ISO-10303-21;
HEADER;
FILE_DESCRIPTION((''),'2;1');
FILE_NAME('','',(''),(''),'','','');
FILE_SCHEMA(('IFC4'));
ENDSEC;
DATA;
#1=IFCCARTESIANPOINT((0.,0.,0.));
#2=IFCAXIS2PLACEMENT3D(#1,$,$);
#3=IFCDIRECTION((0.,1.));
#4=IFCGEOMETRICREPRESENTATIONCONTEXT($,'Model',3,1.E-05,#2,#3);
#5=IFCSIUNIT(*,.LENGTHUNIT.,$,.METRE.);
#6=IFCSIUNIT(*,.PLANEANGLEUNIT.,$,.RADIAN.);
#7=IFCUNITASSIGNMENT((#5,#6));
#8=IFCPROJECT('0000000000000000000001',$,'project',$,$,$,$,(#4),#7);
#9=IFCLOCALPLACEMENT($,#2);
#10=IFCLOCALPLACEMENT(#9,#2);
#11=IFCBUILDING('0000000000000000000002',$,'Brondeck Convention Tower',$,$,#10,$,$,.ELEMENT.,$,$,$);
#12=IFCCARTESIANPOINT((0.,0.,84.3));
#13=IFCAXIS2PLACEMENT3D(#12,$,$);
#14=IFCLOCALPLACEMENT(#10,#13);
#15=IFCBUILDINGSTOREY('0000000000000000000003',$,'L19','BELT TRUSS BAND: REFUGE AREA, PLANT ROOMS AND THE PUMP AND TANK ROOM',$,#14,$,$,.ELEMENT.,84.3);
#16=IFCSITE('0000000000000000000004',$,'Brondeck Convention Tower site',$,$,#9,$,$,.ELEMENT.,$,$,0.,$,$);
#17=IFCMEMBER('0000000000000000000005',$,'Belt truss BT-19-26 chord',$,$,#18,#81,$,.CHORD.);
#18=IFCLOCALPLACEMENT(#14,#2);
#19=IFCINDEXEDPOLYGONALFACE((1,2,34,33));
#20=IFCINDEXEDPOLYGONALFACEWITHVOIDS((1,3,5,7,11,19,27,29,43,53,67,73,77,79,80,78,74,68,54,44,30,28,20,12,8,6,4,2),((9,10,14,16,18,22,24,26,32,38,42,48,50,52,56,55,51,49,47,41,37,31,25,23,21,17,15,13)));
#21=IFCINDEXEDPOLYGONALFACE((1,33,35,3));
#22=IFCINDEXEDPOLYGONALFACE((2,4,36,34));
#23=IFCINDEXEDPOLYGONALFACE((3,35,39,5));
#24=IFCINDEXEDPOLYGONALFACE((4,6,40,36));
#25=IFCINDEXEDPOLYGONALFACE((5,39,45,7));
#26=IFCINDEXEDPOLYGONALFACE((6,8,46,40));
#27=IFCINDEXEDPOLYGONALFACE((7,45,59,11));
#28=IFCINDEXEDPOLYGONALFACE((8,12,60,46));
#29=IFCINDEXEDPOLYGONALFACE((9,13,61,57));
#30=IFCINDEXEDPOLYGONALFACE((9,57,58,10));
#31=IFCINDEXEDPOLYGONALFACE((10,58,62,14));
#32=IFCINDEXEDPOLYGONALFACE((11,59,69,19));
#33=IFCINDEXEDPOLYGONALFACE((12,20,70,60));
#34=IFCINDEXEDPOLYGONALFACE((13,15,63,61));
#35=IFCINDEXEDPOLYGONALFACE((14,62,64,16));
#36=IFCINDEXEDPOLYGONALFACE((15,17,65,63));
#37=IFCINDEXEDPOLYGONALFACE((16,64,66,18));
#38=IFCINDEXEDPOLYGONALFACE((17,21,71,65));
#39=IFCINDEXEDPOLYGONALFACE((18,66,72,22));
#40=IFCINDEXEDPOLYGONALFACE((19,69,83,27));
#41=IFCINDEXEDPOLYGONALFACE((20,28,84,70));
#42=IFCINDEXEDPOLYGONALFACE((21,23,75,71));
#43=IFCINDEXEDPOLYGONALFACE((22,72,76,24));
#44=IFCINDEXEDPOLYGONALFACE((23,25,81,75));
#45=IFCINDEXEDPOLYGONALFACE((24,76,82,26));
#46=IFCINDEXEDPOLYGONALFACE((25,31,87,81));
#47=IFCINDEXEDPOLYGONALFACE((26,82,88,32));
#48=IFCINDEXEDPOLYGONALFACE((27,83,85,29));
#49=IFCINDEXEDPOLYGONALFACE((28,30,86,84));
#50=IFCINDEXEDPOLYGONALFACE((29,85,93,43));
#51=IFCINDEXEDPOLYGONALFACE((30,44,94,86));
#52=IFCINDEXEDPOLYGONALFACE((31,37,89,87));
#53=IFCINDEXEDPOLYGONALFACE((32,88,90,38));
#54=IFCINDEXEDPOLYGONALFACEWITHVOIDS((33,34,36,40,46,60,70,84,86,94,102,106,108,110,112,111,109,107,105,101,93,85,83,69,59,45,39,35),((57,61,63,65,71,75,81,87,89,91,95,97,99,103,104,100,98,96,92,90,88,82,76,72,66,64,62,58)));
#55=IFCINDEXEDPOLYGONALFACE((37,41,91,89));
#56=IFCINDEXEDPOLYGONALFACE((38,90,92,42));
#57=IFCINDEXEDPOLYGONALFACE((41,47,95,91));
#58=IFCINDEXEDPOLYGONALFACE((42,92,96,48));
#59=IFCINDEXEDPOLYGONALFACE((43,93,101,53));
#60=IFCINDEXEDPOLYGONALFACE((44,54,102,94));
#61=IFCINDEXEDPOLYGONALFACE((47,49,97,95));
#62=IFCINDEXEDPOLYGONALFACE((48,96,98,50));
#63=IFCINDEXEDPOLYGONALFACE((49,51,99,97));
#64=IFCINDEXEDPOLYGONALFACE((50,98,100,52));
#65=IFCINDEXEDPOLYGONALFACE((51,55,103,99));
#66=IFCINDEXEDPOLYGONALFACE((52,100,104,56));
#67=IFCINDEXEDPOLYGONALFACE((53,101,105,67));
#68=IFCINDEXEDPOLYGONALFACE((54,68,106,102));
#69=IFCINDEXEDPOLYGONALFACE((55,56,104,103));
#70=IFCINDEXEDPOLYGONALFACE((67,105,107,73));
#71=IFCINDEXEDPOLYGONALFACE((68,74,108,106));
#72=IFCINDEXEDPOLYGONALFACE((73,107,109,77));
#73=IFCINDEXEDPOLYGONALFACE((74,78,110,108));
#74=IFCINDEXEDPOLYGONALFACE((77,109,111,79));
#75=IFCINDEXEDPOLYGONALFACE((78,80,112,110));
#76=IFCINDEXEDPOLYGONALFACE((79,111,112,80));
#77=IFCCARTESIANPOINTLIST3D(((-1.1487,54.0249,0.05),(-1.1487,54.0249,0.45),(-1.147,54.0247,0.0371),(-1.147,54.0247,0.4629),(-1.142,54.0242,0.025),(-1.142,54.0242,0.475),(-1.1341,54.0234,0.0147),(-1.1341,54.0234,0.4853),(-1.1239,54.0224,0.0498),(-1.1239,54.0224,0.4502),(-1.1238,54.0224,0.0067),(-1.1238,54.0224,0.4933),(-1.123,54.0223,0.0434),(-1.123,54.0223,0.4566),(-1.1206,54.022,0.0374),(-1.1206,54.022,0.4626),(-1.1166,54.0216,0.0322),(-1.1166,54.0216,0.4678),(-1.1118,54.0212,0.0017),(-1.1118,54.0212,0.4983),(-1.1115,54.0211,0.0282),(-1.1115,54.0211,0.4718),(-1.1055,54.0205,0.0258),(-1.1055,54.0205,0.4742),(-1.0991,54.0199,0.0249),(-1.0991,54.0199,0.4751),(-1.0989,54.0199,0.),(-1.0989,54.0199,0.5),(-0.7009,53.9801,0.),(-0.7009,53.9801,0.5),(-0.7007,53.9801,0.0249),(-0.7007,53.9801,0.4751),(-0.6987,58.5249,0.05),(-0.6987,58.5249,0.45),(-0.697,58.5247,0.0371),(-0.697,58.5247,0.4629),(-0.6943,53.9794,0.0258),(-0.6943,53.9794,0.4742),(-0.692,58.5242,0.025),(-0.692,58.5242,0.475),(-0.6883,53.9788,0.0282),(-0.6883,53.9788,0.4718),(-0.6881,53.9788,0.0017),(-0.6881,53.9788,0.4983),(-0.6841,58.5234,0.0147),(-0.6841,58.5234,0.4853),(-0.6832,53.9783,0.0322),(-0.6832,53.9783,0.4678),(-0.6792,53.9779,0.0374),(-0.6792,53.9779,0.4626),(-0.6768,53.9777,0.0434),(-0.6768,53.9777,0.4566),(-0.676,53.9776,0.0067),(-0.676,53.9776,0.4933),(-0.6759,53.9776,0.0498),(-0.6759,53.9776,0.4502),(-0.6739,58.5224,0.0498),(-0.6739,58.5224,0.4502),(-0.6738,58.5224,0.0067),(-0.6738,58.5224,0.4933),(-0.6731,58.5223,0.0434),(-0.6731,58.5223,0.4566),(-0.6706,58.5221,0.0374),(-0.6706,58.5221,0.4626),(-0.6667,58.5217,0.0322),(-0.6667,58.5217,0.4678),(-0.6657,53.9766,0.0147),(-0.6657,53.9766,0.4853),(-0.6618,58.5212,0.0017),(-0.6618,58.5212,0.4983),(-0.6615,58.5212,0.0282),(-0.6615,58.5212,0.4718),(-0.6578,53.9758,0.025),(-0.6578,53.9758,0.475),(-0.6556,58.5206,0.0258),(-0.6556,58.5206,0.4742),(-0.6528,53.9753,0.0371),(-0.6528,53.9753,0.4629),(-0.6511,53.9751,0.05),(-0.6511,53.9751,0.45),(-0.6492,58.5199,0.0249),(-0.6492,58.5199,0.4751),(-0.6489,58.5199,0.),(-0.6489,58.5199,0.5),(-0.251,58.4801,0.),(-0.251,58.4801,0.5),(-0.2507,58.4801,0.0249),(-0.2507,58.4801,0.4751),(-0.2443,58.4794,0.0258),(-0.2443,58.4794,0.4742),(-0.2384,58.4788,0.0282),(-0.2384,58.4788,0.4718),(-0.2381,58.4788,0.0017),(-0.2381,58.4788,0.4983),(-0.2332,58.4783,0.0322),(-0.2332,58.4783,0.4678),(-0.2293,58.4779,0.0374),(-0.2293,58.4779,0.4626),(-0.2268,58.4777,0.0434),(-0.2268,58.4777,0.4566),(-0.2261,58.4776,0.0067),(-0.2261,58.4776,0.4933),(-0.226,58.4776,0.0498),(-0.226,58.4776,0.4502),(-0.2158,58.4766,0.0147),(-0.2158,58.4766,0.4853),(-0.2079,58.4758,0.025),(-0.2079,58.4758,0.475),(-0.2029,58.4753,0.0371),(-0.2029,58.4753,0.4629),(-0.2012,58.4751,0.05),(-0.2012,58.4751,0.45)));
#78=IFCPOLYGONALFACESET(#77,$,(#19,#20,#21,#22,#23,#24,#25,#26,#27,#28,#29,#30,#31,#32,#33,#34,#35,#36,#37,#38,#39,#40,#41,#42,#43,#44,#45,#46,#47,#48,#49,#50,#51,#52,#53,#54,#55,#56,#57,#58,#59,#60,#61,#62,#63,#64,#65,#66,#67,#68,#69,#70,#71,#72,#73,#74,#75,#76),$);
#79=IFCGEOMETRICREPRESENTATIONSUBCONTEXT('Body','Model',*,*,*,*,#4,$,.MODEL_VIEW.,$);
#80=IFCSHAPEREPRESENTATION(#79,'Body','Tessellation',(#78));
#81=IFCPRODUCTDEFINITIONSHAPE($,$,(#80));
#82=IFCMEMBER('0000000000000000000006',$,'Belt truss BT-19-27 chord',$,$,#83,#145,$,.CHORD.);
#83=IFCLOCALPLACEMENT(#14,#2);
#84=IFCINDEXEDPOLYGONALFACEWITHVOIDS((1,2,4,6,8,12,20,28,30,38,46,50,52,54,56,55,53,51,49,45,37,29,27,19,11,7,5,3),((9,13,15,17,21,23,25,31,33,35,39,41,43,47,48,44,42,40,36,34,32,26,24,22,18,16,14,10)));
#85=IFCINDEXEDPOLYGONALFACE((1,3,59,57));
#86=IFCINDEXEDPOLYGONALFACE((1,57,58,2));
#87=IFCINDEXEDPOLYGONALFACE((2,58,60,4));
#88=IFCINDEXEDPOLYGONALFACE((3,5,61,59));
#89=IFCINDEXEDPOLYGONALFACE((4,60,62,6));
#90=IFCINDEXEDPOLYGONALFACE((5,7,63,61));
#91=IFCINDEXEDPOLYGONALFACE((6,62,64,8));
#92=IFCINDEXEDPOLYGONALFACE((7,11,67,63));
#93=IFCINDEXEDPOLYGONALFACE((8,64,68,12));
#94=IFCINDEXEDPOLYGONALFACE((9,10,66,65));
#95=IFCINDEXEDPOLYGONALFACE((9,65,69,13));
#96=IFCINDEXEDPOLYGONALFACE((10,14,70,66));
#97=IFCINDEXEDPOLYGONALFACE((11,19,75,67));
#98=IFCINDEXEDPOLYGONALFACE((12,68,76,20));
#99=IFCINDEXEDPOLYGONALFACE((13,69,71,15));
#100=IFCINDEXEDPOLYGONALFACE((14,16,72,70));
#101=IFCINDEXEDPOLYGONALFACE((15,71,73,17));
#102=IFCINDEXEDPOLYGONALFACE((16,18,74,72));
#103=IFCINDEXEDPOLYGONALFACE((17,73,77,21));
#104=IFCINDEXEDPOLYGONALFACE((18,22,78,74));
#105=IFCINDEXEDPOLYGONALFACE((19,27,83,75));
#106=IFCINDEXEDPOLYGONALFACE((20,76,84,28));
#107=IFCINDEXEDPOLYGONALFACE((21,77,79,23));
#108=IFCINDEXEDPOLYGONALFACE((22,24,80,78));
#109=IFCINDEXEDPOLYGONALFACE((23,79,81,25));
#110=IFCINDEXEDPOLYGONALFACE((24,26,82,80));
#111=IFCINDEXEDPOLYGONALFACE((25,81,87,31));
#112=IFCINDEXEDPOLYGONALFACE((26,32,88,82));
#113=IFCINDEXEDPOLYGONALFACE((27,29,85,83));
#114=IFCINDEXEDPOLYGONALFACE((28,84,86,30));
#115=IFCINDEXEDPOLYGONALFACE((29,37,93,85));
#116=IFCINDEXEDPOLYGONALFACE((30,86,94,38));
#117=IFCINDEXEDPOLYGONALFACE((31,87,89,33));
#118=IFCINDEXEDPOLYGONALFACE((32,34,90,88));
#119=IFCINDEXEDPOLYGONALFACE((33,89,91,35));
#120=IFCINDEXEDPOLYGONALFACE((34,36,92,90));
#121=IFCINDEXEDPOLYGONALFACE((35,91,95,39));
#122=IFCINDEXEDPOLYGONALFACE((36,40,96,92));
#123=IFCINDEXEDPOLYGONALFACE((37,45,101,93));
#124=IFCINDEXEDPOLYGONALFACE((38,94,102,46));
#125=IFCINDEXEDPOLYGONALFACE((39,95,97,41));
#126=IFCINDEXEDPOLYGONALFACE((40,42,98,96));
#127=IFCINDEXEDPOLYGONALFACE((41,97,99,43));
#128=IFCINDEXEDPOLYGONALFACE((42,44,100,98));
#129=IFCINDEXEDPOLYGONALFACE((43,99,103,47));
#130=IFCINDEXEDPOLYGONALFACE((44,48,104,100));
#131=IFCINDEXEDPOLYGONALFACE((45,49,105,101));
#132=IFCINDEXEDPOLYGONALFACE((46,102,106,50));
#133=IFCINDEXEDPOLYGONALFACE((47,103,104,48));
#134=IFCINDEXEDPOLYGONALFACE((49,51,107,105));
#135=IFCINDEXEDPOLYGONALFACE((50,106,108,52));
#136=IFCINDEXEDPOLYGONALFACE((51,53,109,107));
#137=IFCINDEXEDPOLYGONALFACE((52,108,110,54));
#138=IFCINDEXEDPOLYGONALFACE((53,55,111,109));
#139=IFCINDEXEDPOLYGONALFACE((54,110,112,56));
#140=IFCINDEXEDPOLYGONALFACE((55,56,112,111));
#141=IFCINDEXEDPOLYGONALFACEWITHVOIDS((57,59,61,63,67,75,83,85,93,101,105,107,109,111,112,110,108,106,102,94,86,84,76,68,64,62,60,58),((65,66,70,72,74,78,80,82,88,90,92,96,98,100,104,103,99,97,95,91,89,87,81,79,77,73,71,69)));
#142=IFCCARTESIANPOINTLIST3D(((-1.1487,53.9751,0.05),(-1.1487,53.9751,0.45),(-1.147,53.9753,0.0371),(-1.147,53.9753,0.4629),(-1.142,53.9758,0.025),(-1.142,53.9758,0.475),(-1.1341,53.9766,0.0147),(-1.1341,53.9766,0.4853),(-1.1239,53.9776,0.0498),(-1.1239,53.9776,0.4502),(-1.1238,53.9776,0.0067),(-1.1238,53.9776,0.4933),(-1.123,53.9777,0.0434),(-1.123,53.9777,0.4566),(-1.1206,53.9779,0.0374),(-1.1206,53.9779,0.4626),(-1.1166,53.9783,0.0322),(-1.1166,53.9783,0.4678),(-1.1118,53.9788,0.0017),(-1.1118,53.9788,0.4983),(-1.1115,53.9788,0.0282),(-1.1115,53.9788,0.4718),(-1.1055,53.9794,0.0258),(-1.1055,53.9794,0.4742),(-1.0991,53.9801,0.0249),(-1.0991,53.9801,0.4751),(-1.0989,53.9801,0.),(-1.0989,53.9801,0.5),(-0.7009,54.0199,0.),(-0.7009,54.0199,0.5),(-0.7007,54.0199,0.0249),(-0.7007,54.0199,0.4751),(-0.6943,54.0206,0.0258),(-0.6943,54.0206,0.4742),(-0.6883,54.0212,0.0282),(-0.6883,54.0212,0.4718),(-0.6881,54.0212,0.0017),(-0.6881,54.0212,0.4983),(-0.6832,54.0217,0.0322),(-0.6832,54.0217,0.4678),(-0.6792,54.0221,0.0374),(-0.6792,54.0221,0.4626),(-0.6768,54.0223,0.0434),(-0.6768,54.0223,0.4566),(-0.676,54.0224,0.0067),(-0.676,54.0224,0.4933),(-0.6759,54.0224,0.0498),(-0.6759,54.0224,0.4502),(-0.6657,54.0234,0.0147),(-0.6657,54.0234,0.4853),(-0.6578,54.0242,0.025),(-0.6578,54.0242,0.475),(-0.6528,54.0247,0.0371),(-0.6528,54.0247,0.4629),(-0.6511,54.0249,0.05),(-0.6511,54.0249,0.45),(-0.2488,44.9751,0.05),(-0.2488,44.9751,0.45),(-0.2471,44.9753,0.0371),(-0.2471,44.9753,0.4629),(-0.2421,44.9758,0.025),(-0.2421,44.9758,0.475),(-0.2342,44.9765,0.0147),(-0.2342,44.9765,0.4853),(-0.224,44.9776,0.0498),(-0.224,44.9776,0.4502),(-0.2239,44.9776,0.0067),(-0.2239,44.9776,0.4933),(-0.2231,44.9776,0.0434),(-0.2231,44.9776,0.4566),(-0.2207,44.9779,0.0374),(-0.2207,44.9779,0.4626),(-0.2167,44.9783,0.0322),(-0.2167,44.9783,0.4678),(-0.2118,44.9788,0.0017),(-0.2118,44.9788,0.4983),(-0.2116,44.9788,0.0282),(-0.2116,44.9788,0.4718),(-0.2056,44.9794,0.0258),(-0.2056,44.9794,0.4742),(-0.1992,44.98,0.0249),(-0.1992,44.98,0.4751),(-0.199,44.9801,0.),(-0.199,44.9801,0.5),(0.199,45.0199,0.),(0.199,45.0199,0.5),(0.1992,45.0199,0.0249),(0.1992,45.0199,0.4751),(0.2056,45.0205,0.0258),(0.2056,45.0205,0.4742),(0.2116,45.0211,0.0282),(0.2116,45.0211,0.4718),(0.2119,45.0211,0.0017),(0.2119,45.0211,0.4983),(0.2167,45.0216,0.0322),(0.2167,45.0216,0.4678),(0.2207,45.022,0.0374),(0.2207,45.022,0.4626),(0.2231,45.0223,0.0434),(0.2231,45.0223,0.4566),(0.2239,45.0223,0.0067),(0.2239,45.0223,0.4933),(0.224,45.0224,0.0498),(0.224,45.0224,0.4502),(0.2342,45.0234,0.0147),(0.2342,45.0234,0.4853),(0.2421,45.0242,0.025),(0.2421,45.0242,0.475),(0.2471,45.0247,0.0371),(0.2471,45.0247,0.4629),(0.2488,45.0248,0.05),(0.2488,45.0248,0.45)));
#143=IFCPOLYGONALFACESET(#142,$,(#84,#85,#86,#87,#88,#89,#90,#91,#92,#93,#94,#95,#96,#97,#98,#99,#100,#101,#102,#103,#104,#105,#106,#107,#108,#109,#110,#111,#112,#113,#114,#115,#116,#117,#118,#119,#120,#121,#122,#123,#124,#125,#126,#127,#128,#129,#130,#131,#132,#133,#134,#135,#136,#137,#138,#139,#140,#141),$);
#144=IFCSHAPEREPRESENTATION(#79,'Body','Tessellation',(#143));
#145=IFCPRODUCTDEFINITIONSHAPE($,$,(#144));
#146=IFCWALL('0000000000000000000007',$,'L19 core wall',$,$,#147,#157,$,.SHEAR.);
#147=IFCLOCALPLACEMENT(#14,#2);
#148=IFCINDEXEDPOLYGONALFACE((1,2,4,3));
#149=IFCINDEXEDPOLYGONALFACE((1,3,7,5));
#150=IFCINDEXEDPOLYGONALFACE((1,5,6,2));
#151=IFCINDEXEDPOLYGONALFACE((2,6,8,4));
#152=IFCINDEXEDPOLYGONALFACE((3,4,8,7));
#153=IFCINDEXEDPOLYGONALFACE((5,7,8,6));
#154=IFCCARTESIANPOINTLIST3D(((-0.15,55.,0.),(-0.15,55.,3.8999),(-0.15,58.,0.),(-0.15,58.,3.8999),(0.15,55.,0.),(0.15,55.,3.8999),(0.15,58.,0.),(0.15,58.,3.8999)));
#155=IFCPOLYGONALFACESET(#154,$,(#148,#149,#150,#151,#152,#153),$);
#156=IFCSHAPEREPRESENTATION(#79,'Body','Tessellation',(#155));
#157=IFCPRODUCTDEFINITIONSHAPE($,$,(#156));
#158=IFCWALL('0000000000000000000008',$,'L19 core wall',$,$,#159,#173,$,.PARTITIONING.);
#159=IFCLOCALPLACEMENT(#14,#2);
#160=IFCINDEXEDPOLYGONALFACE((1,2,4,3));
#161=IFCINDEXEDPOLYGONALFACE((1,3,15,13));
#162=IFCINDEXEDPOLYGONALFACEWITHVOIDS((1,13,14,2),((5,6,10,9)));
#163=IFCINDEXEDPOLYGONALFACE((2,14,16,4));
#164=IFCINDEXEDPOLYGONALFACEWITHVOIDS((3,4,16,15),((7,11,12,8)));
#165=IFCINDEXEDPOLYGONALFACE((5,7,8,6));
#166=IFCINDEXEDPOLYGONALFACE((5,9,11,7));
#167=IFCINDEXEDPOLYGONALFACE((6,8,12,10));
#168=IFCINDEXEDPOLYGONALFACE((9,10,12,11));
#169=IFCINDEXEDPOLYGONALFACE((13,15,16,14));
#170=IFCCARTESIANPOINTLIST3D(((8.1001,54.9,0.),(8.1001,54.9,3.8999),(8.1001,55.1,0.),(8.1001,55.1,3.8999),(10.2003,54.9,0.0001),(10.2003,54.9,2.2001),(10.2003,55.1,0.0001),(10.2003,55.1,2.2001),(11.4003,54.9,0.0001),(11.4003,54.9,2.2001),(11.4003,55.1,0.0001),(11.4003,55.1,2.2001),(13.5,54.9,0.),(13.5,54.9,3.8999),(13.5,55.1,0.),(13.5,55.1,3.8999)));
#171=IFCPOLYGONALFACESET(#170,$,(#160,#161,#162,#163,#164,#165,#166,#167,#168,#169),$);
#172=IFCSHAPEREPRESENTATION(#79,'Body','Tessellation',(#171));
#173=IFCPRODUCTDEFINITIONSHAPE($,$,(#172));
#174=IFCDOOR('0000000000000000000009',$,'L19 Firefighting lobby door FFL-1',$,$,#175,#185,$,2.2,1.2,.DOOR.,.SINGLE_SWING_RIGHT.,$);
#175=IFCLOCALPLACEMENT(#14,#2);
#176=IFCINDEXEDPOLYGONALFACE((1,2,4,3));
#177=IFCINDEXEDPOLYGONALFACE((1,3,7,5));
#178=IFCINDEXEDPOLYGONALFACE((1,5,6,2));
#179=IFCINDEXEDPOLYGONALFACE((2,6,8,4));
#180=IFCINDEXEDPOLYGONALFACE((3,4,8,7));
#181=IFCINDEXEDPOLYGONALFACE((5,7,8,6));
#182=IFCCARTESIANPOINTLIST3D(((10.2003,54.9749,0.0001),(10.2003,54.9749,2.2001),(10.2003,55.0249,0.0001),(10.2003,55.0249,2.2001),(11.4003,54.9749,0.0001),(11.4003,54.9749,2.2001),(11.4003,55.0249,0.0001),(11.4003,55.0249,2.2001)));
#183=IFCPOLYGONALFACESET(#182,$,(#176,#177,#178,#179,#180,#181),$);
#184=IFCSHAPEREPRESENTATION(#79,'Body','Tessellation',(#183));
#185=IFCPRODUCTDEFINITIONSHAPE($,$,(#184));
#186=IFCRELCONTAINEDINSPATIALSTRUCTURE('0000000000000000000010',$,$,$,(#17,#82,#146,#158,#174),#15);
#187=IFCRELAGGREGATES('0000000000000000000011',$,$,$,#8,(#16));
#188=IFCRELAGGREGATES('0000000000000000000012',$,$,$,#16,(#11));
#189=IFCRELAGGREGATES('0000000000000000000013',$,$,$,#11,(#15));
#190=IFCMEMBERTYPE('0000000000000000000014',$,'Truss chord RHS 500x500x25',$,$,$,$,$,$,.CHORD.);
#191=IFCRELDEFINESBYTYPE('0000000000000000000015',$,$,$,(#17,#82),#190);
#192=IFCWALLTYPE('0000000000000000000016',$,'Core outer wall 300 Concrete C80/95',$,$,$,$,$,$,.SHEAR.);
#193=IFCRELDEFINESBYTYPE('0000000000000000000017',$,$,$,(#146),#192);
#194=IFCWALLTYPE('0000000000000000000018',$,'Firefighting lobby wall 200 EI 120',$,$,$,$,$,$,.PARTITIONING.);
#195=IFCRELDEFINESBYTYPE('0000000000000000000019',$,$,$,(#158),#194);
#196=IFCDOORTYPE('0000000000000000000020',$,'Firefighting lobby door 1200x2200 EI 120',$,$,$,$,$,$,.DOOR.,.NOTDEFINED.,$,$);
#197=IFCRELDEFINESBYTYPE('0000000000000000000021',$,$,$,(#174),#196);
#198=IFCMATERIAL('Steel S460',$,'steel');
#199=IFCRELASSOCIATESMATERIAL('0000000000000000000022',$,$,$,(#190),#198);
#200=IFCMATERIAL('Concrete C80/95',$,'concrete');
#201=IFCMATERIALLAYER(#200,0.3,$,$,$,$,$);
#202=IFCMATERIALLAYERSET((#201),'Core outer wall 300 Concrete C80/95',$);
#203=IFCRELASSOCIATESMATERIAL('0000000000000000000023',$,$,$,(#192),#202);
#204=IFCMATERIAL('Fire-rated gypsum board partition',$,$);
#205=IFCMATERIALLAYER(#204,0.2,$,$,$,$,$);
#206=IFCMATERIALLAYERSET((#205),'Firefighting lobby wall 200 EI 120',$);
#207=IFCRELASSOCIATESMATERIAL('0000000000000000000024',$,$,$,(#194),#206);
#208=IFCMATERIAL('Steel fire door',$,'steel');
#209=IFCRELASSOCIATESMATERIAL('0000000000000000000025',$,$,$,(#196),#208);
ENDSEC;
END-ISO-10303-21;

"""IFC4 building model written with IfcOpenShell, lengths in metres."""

from ifc_helpers import new_model, si_unit, direction, frame, frame_2d, origin, origin_2d, place, context, subcontext, project, spatial, rectangle, hollow_rectangle, extrude, material, layer, layer_set, material_profile, profile_set, type_object, element, fill, save


model = new_model("IFC4")

# Units and contexts
model_context = context("Model", 3, precision=1e-05, world=origin(), true_north=direction((0.0, 1.0)))
body_context = subcontext(model_context, "Body", "Model", "MODEL_VIEW")
ifc_project = project(units=[si_unit("LENGTHUNIT", "METRE"), si_unit("PLANEANGLEUNIT", "RADIAN")], contexts=[model_context])

# Site, building, storey
site_placement = place(None, origin())
site = spatial("IfcSite", under=ifc_project, at=site_placement, Name="Brondeck Convention Tower site", CompositionType="ELEMENT", RefElevation=0.0)
building_placement = place(site_placement, origin())
building = spatial("IfcBuilding", under=site, at=building_placement, Name="Brondeck Convention Tower", CompositionType="ELEMENT")
storey_placement = place(building_placement, frame((0.0, 0.0, 84.3)))
storey = spatial("IfcBuildingStorey", under=building, at=storey_placement, Name="L19", Description="BELT TRUSS BAND: REFUGE AREA, PLANT ROOMS AND THE PUMP AND TANK ROOM", CompositionType="ELEMENT", Elevation=84.3)

# Shared definitions
ifc_material_1 = material(Name="Concrete C80/95", Category="concrete")

# Shared definitions
ifc_material_2 = material(Name="Steel S460", Category="steel")

# Members
ifc_material_profile_1 = material_profile(ifc_material_2, hollow_rectangle(XDim=0.5, YDim=0.5, WallThickness=0.0249, InnerFilletRadius=0.0249, OuterFilletRadius=0.05, at=origin_2d()), Name="RHS 500x500x25")
ifc_profile_set_1 = profile_set([ifc_material_profile_1], Name="Steel S460")
member_type_1 = type_object("IfcMemberType", Name="Truss chord RHS 500x500x25", PredefinedType="CHORD", material=ifc_profile_set_1)
member_1_placement = place(storey_placement, frame((-0.45, 58.5, 0.25), z_axis=(-0.099493, -0.995038, 0.0), x_axis=(0.995038, -0.099493, 0.0)))
element("IfcMember", 1, at=member_1_placement, inside=storey, type_object=member_type_1, Name="Belt truss BT-19-26 chord", PredefinedType="CHORD", context=body_context, shape_type="SweptSolid", body=[
    extrude(hollow_rectangle(XDim=0.5, YDim=0.5, WallThickness=0.0249, InnerFilletRadius=0.0249, OuterFilletRadius=0.05, at=origin_2d()), origin(), (0.0, 0.0, 1.0), 4.5225),
])
member_2_placement = place(storey_placement, frame((-0.8999, 54.0, 0.25), z_axis=(0.099493, -0.995038, 0.0), x_axis=(0.995038, 0.099493, 0.0)))
element("IfcMember", 2, at=member_2_placement, inside=storey, type_object=member_type_1, Name="Belt truss BT-19-27 chord", PredefinedType="CHORD", context=body_context, shape_type="SweptSolid", body=[
    extrude(hollow_rectangle(XDim=0.5, YDim=0.5, WallThickness=0.0249, InnerFilletRadius=0.0249, OuterFilletRadius=0.05, at=origin_2d()), origin(), (0.0, 0.0, 1.0), 9.0449),
])

# Wall
ifc_layer_1 = layer(ifc_material_1, 0.3)
ifc_layer_set_1 = layer_set([ifc_layer_1], Name="Core outer wall 300 Concrete C80/95")
wall_type_1 = type_object("IfcWallType", Name="Core outer wall 300 Concrete C80/95", PredefinedType="SHEAR", material=ifc_layer_set_1)
wall_1_placement = place(storey_placement, frame((0.0, 55.0, 0.0), z_axis=(0.0, 0.0, 1.0), x_axis=(0.0, 1.0, 0.0)))
element("IfcWall", 3, at=wall_1_placement, inside=storey, type_object=wall_type_1, Name="L19 core wall", PredefinedType="SHEAR", context=body_context, shape_type="SweptSolid", body=[
    extrude(rectangle(XDim=3.0, YDim=0.3, at=frame_2d((1.5, 0.0))), origin(), (0.0, 0.0, 1.0), 3.8999),
])

# Wall, opening, door
ifc_material_3 = material(Name="Fire-rated gypsum board partition")
ifc_layer_2 = layer(ifc_material_3, 0.2)
ifc_layer_set_2 = layer_set([ifc_layer_2], Name="Firefighting lobby wall 200 EI 120")
wall_type_2 = type_object("IfcWallType", Name="Firefighting lobby wall 200 EI 120", PredefinedType="PARTITIONING", material=ifc_layer_set_2)
wall_2_placement = place(storey_placement, frame((8.1001, 55.0, 0.0), z_axis=(0.0, 0.0, 1.0), x_axis=(1.0, 0.0, 0.0)))
wall_2 = element("IfcWall", 4, at=wall_2_placement, inside=storey, type_object=wall_type_2, Name="L19 core wall", PredefinedType="PARTITIONING", context=body_context, shape_type="SweptSolid", body=[
    extrude(rectangle(XDim=5.3999, YDim=0.2, at=frame_2d((2.7, 0.0))), origin(), (0.0, 0.0, 1.0), 3.8999),
])
opening_1_placement = place(wall_2_placement, frame((2.1001, 0.0, 0.0)))
opening_1 = element("IfcOpeningElement", 5, at=opening_1_placement, cuts=wall_2, PredefinedType="OPENING", context=body_context, shape_type="SweptSolid", body=[
    extrude(rectangle(XDim=1.2, YDim=2.2, at=frame_2d((0.6001, 1.1001))), frame((0.0, 0.1099, 0.0), z_axis=(0.0, -1.0, 0.0), x_axis=(1.0, 0.0, 0.0)), (0.0, 0.0, 1.0), 0.22),
])
ifc_material_4 = material(Name="Steel fire door", Category="steel")
door_type_1 = type_object("IfcDoorType", Name="Firefighting lobby door 1200x2200 EI 120", OperationType="NOTDEFINED", PredefinedType="DOOR", material=ifc_material_4)
door_1_placement = place(opening_1_placement, origin())
door_1 = element("IfcDoor", 6, at=door_1_placement, inside=storey, type_object=door_type_1, Name="L19 Firefighting lobby door FFL-1", OperationType="SINGLE_SWING_RIGHT", OverallHeight=2.2, OverallWidth=1.2, PredefinedType="DOOR", context=body_context, shape_type="SweptSolid", body=[
    extrude(rectangle(XDim=1.2, YDim=2.2, at=frame_2d((0.6001, 1.1001))), frame((0.0, 0.0249, 0.0), z_axis=(0.0, -1.0, 0.0), x_axis=(1.0, 0.0, 0.0)), (0.0, 0.0, 1.0), 0.05),
])
fill(opening_1, door_1)

save(model, "model.ifc")
